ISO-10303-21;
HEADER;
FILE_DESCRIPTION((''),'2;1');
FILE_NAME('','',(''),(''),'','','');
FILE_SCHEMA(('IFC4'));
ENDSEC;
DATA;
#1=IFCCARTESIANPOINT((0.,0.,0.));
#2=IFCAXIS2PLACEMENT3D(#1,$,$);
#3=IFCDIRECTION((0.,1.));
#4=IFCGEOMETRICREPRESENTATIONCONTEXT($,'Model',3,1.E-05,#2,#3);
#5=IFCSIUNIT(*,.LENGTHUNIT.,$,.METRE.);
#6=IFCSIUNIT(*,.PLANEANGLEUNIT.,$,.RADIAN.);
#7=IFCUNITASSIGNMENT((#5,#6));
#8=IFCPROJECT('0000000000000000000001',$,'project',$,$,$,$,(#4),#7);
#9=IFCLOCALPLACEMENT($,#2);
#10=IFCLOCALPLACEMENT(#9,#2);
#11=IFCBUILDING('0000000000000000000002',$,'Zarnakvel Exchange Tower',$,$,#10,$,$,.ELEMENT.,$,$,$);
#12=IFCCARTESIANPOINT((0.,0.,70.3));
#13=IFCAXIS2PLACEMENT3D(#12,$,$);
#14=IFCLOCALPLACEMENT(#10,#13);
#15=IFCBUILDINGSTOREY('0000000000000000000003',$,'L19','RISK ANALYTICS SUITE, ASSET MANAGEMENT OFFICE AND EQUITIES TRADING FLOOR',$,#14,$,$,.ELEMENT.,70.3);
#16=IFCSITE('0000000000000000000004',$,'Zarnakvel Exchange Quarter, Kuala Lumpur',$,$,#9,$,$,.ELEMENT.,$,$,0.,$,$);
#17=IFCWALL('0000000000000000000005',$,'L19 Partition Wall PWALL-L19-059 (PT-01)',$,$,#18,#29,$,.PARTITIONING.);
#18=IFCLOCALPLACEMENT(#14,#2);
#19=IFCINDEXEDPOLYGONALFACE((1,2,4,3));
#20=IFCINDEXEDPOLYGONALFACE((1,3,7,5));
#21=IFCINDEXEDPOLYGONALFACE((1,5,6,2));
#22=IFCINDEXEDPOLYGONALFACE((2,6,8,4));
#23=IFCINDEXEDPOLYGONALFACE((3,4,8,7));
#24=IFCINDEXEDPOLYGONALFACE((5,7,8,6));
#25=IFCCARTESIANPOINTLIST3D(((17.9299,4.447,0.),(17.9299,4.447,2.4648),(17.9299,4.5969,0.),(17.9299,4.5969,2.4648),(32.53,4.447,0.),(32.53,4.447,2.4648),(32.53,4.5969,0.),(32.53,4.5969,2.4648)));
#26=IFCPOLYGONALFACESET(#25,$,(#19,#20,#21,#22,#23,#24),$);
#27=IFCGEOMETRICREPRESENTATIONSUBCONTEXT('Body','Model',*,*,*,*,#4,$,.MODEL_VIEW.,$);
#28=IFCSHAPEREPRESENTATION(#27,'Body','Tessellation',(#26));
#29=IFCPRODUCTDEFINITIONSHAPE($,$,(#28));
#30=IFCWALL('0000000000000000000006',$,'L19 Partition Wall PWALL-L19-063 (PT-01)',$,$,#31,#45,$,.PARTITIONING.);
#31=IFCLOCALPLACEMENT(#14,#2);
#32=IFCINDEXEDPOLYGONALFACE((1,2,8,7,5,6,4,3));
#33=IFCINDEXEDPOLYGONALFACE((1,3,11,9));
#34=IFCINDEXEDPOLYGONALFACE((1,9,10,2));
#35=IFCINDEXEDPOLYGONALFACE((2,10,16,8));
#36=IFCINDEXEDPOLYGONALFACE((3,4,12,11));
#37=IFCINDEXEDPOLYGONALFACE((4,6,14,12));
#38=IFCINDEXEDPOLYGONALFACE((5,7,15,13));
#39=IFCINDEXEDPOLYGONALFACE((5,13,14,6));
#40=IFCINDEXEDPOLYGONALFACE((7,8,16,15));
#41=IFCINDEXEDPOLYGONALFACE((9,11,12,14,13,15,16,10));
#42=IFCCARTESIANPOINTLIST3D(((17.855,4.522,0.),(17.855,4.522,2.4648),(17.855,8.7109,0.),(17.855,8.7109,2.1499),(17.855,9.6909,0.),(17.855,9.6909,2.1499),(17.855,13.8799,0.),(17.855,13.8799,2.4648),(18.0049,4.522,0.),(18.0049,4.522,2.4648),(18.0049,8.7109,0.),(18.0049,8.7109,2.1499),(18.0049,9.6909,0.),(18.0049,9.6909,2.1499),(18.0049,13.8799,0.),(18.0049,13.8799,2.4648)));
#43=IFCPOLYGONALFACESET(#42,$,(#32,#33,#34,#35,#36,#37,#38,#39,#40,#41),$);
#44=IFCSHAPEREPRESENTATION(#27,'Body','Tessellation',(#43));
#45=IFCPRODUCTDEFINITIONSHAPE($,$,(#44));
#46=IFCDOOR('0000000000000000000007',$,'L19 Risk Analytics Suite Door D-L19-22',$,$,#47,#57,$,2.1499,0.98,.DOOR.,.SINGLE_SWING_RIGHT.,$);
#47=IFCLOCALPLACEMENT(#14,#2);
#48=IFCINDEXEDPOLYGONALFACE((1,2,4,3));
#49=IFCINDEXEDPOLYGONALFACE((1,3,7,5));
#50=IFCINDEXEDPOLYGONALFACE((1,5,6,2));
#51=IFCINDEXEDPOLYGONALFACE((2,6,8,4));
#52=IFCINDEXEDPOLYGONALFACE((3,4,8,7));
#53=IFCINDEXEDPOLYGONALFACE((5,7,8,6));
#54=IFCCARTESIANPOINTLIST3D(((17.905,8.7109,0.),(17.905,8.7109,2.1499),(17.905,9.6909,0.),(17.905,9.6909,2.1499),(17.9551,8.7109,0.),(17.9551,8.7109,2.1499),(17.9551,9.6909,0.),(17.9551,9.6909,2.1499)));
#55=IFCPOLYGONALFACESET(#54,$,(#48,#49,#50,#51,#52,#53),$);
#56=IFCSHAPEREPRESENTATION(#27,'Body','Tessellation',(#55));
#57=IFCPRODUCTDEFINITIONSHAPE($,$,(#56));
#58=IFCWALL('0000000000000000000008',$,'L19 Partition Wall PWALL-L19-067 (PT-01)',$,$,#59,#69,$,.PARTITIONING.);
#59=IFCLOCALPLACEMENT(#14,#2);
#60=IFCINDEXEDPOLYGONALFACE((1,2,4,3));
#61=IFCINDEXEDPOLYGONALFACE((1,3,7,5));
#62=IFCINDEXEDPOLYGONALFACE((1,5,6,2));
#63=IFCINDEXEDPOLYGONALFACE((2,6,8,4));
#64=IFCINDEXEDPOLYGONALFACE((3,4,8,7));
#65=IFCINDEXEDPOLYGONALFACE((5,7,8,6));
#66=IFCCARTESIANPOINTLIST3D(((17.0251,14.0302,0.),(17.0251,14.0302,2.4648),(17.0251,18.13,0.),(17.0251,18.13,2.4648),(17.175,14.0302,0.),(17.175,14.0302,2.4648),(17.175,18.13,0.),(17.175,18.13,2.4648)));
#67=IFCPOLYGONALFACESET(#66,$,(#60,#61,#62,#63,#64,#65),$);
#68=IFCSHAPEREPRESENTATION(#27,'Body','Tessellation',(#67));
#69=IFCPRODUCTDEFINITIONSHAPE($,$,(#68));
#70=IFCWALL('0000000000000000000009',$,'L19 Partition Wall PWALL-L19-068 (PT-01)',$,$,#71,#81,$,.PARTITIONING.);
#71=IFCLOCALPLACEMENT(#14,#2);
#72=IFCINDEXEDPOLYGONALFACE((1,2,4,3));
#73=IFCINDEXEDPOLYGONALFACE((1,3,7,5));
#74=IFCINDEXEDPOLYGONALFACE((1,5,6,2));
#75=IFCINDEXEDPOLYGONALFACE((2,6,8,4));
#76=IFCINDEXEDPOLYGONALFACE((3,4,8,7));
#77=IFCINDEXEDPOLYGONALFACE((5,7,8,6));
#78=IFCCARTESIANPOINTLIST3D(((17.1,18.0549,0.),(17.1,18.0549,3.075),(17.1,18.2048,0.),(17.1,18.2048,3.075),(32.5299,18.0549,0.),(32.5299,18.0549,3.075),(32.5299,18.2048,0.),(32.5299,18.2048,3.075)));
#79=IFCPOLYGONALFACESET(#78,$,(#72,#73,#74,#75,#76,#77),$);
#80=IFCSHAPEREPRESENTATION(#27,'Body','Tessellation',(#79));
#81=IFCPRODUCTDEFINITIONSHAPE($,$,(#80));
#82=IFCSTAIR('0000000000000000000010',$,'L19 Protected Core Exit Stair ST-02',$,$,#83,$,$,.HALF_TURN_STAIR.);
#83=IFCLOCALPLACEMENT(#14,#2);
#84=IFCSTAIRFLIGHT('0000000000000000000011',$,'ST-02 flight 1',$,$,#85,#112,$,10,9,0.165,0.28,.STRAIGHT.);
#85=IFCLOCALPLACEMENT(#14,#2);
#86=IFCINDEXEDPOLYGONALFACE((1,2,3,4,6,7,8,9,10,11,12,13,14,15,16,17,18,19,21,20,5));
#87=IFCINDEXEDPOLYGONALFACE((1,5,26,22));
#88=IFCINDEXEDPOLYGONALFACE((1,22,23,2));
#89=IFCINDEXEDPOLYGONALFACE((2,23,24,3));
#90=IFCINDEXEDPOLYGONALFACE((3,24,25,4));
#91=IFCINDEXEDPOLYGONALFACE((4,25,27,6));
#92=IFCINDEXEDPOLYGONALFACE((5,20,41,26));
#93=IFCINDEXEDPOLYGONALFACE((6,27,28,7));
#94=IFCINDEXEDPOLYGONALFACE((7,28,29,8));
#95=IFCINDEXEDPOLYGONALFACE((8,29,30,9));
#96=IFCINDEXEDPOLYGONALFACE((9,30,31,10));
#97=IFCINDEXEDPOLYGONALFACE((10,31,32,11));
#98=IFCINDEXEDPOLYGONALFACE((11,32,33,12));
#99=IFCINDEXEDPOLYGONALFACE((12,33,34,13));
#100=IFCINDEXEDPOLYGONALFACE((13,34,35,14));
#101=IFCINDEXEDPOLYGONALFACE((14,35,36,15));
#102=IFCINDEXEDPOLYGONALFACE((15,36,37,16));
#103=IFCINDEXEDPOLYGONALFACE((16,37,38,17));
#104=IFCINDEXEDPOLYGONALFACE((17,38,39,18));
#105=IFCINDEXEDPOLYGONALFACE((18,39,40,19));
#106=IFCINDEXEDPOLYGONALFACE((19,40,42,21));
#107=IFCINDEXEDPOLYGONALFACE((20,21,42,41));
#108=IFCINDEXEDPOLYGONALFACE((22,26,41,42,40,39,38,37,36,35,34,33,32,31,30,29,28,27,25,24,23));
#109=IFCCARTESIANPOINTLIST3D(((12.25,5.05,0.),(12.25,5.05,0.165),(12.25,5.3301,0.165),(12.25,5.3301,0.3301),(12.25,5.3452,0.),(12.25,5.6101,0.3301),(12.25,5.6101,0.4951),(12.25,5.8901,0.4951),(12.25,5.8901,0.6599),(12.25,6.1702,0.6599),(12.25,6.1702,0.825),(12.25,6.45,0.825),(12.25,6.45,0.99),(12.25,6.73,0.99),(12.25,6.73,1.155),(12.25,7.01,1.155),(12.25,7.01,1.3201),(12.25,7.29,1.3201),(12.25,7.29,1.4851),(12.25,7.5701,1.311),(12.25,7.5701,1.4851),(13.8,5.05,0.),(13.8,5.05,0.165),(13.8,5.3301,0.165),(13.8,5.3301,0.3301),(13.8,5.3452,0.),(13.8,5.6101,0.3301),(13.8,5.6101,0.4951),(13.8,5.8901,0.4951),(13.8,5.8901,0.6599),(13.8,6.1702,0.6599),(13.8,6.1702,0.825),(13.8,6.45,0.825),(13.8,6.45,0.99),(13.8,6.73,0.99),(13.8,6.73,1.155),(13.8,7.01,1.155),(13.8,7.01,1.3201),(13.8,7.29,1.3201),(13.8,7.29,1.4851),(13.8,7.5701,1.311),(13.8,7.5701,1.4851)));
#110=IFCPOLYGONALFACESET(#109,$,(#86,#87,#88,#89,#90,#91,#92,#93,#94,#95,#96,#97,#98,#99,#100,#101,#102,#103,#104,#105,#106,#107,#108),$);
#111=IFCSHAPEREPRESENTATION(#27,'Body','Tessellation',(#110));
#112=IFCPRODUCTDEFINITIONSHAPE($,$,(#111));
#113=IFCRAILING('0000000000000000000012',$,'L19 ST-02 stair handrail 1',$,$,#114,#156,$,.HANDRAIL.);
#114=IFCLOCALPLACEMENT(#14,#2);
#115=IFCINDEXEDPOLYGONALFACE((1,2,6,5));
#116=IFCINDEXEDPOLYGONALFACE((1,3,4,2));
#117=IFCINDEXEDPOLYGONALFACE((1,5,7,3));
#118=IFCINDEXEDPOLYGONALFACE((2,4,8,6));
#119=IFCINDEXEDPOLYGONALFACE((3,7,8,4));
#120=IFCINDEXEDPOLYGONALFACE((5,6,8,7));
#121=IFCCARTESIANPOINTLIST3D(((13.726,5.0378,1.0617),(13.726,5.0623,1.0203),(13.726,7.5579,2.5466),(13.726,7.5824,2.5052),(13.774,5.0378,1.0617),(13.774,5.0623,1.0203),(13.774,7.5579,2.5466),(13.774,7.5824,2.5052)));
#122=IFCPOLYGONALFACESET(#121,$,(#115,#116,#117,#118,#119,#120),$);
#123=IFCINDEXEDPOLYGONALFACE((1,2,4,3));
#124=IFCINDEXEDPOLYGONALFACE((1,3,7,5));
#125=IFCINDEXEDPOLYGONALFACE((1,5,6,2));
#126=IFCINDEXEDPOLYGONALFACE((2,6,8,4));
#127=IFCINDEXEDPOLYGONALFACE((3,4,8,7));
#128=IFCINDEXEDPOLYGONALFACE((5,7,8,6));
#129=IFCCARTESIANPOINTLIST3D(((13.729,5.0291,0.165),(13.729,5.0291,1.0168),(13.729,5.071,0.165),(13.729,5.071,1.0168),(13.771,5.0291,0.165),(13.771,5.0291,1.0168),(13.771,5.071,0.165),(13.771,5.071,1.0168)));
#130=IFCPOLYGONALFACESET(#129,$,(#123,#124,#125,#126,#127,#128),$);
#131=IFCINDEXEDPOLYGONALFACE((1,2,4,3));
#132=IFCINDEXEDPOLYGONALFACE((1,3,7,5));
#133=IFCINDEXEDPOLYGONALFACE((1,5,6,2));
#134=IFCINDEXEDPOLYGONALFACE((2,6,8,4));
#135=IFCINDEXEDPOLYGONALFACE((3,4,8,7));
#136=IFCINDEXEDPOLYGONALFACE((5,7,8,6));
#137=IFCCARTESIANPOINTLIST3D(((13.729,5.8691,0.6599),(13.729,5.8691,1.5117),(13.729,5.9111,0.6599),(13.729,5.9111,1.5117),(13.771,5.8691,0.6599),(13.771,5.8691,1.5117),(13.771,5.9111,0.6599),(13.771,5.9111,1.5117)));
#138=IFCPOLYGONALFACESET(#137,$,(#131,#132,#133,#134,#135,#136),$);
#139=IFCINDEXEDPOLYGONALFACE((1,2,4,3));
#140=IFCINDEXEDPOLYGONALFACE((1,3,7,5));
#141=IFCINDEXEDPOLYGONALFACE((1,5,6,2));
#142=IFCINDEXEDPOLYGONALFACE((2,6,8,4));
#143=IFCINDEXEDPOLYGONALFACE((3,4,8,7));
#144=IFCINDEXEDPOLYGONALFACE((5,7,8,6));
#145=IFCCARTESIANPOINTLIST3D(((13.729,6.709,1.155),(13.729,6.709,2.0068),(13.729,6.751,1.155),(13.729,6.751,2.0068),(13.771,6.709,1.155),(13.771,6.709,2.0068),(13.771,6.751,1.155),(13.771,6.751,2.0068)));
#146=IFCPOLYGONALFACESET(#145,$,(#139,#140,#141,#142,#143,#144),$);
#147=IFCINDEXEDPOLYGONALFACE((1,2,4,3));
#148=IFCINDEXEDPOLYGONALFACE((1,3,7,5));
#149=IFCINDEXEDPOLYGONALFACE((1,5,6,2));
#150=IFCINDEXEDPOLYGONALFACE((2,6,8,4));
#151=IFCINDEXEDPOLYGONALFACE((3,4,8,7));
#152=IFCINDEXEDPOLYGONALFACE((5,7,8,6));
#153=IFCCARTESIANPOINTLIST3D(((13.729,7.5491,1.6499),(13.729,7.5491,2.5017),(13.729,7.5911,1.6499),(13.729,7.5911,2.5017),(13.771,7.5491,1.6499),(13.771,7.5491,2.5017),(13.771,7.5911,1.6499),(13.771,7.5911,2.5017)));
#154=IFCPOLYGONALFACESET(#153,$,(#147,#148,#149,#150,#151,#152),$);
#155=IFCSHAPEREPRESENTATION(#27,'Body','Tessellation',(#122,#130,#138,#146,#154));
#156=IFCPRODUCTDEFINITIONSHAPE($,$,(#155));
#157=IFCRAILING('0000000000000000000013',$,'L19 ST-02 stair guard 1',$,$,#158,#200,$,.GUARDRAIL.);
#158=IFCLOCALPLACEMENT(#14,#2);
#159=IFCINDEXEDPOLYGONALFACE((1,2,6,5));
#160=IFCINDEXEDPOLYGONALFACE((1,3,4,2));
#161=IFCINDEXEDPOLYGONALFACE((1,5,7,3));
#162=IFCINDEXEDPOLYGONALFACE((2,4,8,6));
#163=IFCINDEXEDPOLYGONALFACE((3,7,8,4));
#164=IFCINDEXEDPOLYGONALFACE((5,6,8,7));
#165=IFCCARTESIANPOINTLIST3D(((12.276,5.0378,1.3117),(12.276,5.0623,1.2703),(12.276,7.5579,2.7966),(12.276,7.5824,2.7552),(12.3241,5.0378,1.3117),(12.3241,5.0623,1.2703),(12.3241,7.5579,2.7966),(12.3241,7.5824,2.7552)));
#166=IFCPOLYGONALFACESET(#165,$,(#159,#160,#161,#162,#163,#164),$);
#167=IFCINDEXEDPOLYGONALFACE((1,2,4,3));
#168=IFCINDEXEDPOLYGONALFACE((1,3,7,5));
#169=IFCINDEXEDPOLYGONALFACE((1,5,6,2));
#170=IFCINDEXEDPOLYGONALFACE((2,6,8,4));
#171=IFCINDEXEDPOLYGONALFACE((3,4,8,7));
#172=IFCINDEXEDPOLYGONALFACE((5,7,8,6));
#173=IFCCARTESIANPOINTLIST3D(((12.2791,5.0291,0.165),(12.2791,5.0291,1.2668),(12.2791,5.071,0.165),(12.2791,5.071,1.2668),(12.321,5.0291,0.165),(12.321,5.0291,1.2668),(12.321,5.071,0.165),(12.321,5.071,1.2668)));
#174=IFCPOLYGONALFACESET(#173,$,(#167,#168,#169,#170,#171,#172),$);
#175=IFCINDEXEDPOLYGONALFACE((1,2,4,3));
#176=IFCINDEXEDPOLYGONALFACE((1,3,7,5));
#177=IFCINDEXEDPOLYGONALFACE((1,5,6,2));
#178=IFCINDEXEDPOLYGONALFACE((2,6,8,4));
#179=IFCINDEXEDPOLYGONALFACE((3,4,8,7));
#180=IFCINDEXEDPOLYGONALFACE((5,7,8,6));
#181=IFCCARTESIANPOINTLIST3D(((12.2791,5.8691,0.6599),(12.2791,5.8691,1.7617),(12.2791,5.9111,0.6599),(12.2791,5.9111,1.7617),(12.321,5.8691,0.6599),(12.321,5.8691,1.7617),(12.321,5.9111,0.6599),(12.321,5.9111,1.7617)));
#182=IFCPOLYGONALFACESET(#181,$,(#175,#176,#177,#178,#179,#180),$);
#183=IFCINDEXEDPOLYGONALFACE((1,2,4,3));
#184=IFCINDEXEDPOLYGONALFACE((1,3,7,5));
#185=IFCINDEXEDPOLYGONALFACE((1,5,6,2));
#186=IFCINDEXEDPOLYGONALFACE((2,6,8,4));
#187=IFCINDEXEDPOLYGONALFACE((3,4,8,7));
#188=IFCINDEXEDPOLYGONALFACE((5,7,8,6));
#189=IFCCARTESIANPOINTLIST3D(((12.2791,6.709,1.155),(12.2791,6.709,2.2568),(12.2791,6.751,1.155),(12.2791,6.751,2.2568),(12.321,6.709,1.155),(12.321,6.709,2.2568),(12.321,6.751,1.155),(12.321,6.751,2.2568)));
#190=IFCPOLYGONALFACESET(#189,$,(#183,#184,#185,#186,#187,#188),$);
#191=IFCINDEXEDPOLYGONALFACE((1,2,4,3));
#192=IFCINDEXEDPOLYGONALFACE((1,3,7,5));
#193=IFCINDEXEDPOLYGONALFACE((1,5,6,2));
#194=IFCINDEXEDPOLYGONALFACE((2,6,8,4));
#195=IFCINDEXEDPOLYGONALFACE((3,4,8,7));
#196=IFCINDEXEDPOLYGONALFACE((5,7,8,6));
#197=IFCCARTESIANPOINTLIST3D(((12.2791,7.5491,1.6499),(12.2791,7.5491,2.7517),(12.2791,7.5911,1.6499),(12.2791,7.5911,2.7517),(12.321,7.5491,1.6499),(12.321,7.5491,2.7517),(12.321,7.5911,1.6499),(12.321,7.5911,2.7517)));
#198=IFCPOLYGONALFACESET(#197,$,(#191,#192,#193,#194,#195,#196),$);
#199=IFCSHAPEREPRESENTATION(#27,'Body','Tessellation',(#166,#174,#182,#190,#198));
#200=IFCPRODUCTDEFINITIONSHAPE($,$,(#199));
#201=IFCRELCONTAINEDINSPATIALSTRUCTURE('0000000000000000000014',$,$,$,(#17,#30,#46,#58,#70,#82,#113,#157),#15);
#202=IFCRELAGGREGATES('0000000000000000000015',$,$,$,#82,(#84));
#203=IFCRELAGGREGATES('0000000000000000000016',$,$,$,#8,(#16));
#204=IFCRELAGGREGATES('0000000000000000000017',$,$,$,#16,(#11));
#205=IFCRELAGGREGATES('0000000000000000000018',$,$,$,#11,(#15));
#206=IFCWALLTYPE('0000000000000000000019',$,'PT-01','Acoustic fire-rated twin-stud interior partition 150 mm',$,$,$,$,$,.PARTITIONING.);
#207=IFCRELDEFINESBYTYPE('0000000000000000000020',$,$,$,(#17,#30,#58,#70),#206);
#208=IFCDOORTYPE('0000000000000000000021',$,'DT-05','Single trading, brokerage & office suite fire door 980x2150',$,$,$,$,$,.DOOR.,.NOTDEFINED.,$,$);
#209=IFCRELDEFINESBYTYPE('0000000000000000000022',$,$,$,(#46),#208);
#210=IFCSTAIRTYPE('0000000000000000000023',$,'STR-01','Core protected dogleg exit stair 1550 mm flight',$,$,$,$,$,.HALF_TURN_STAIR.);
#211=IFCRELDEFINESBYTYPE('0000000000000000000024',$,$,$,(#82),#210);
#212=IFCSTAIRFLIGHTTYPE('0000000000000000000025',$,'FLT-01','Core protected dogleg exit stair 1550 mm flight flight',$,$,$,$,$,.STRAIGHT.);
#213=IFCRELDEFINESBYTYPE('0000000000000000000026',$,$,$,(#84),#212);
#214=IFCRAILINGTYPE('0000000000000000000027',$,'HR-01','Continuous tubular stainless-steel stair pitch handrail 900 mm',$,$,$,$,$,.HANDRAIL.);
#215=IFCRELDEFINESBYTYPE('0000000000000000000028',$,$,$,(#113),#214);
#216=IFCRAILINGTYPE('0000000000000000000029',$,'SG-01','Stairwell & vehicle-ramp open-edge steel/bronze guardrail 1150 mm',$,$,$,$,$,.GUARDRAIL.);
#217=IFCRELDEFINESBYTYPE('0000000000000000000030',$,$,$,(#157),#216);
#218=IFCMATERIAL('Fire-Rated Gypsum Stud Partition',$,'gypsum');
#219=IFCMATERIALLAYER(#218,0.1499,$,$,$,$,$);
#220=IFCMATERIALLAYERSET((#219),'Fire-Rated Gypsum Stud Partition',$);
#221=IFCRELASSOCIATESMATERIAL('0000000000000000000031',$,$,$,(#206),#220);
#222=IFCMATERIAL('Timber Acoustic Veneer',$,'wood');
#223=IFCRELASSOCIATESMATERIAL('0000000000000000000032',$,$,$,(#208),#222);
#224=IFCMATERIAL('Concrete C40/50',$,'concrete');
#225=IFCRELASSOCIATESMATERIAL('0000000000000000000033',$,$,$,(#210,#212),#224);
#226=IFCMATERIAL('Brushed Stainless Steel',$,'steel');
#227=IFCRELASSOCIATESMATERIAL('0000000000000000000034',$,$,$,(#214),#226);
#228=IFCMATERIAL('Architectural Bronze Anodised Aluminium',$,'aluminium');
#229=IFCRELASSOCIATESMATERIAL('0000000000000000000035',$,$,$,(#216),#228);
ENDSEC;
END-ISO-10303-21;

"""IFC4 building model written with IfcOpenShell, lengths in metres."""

from ifc_helpers import new_model, si_unit, direction, frame, frame_2d, origin, origin_2d, place, context, subcontext, project, spatial, polyline, rectangle, outline, extrude, source, transform, mapped, material, layer, layer_set, type_object, element, fill, aggregate, save


model = new_model("IFC4")

# Units and contexts
model_context = context("Model", 3, precision=1e-05, world=origin(), true_north=direction((0.0, 1.0)))
body_context = subcontext(model_context, "Body", "Model", "MODEL_VIEW")
ifc_project = project(units=[si_unit("LENGTHUNIT", "METRE"), si_unit("PLANEANGLEUNIT", "RADIAN")], contexts=[model_context])

# Site, building, storey
site_placement = place(None, origin())
site = spatial("IfcSite", under=ifc_project, at=site_placement, Name="Zarnakvel Exchange Quarter, Kuala Lumpur", CompositionType="ELEMENT", RefElevation=0.0)
building_placement = place(site_placement, origin())
building = spatial("IfcBuilding", under=site, at=building_placement, Name="Zarnakvel Exchange Tower", CompositionType="ELEMENT")
storey_placement = place(building_placement, frame((0.0, 0.0, 70.3)))
storey = spatial("IfcBuildingStorey", under=building, at=storey_placement, Name="L19", Description="RISK ANALYTICS SUITE, ASSET MANAGEMENT OFFICE AND EQUITIES TRADING FLOOR", CompositionType="ELEMENT", Elevation=70.3)

# Shared definitions
ifc_material_1 = material(Name="Architectural Bronze Anodised Aluminium", Category="aluminium")

# Wall
ifc_material_2 = material(Name="Fire-Rated Gypsum Stud Partition", Category="gypsum")
ifc_layer_1 = layer(ifc_material_2, 0.1499)
ifc_layer_set_1 = layer_set([ifc_layer_1], Name="Fire-Rated Gypsum Stud Partition")
wall_type_1 = type_object("IfcWallType", Name="PT-01", Description="Acoustic fire-rated twin-stud interior partition 150 mm", PredefinedType="PARTITIONING", material=ifc_layer_set_1)
wall_1_placement = place(storey_placement, frame((17.9299, 4.522, 0.0), z_axis=(0.0, 0.0, 1.0), x_axis=(1.0, 0.0, 0.0)))
element("IfcWall", 1, at=wall_1_placement, inside=storey, type_object=wall_type_1, Name="L19 Partition Wall PWALL-L19-059 (PT-01)", PredefinedType="PARTITIONING", context=body_context, shape_type="SweptSolid", body=[
    extrude(rectangle(XDim=14.6001, YDim=0.1499, at=frame_2d((7.3, 0.0))), origin(), (0.0, 0.0, 1.0), 2.4648),
])

# Wall, opening, door
wall_2_placement = place(storey_placement, frame((17.9299, 4.522, 0.0), z_axis=(0.0, 0.0, 1.0), x_axis=(0.0, 1.0, 0.0)))
wall_2 = element("IfcWall", 2, at=wall_2_placement, inside=storey, type_object=wall_type_1, Name="L19 Partition Wall PWALL-L19-063 (PT-01)", PredefinedType="PARTITIONING", context=body_context, shape_type="SweptSolid", body=[
    extrude(rectangle(XDim=9.3579, YDim=0.1499, at=frame_2d((4.679, 0.0))), origin(), (0.0, 0.0, 1.0), 2.4648),
])
opening_1_placement = place(wall_2_placement, frame((4.189, 0.0, 0.0)))
opening_1 = element("IfcOpeningElement", 3, at=opening_1_placement, cuts=wall_2, PredefinedType="OPENING", context=body_context, shape_type="SweptSolid", body=[
    extrude(rectangle(XDim=0.98, YDim=2.1499, at=frame_2d((0.49, 1.075))), frame((0.0, 0.085, 0.0), z_axis=(0.0, -1.0, 0.0), x_axis=(1.0, 0.0, 0.0)), (0.0, 0.0, 1.0), 0.1699),
])
ifc_material_3 = material(Name="Timber Acoustic Veneer", Category="wood")
door_type_1 = type_object("IfcDoorType", Name="DT-05", Description="Single trading, brokerage & office suite fire door 980x2150", OperationType="NOTDEFINED", PredefinedType="DOOR", material=ifc_material_3)
shared_shape_1 = source(origin(), body_context, "Body", "SweptSolid", [
    extrude(rectangle(XDim=0.98, YDim=2.1499, at=frame_2d((0.49, 1.075))), frame((0.0, 0.0249, 0.0), z_axis=(0.0, -1.0, 0.0), x_axis=(1.0, 0.0, 0.0)), (0.0, 0.0, 1.0), 0.05),
])
door_1_placement = place(opening_1_placement, origin())
door_1 = element("IfcDoor", 4, at=door_1_placement, inside=storey, type_object=door_type_1, Name="L19 Risk Analytics Suite Door D-L19-22", OperationType="SINGLE_SWING_RIGHT", OverallHeight=2.1499, OverallWidth=0.98, PredefinedType="DOOR", context=body_context, shape_type="MappedRepresentation", body=[
    mapped(shared_shape_1, transform((0.0, 0.0, 0.0), x_axis=(1.0, 0.0, 0.0), y_axis=(0.0, 1.0, 0.0), z_axis=(0.0, 0.0, 1.0), scale=1.0)),
])
fill(opening_1, door_1)

# Walls
wall_3_placement = place(storey_placement, frame((17.1001, 18.1299, 0.0), z_axis=(0.0, 0.0, 1.0), x_axis=(0.0, -1.0, 0.0)))
element("IfcWall", 5, at=wall_3_placement, inside=storey, type_object=wall_type_1, Name="L19 Partition Wall PWALL-L19-067 (PT-01)", PredefinedType="PARTITIONING", context=body_context, shape_type="SweptSolid", body=[
    extrude(rectangle(XDim=4.0999, YDim=0.1499, at=frame_2d((2.0498, 0.0))), origin(), (0.0, 0.0, 1.0), 2.4648),
])
wall_4_placement = place(storey_placement, frame((17.1001, 18.1299, 0.0), z_axis=(0.0, 0.0, 1.0), x_axis=(1.0, 0.0, 0.0)))
element("IfcWall", 6, at=wall_4_placement, inside=storey, type_object=wall_type_1, Name="L19 Partition Wall PWALL-L19-068 (PT-01)", PredefinedType="PARTITIONING", context=body_context, shape_type="SweptSolid", body=[
    extrude(rectangle(XDim=15.4299, YDim=0.1499, at=frame_2d((7.7148, 0.0))), origin(), (0.0, 0.0, 1.0), 3.075),
])

# Shared definitions
ifc_material_4 = material(Name="Concrete C40/50", Category="concrete")

# Stair, stair flight
stair_type = type_object("IfcStairType", Name="STR-01", Description="Core protected dogleg exit stair 1550 mm flight", PredefinedType="HALF_TURN_STAIR", material=ifc_material_4)
stair_placement = place(storey_placement, origin())
stair = element("IfcStair", 7, at=stair_placement, inside=storey, type_object=stair_type, Name="L19 Protected Core Exit Stair ST-02", PredefinedType="HALF_TURN_STAIR")
stair_flight_type = type_object("IfcStairFlightType", Name="FLT-01", Description="Core protected dogleg exit stair 1550 mm flight flight", PredefinedType="STRAIGHT", material=ifc_material_4)
stair_flight_placement = place(storey_placement, frame((13.0249, 5.05, 0.0), z_axis=(0.0, 0.0, 1.0), x_axis=(0.0, 1.0, 0.0)))
stair_flight = element("IfcStairFlight", 8, at=stair_flight_placement, type_object=stair_flight_type, Name="ST-02 flight 1", NumberOfRisers=10, NumberOfTreads=9, PredefinedType="STRAIGHT", RiserHeight=0.165, TreadLength=0.28, context=body_context, shape_type="SweptSolid", body=[
    extrude(outline(polyline([(0.0, 0.0), (0.0, 0.165), (0.28, 0.165), (0.28, 0.3301), (0.5601, 0.3301), (0.5601, 0.4951), (0.8401, 0.4951), (0.8401, 0.6599), (1.1201, 0.6599), (1.1201, 0.825), (1.3999, 0.825), (1.3999, 0.99), (1.6799, 0.99), (1.6799, 1.155), (1.96, 1.155), (1.96, 1.3201), (2.24, 1.3201), (2.24, 1.4851), (2.52, 1.4851), (2.52, 1.6499), (2.52, 1.311), (0.2952, 0.0), (0.0, 0.0)])), frame((0.0, 0.7749, 0.0), z_axis=(0.0, -1.0, 0.0), x_axis=(1.0, 0.0, 0.0)), (0.0, 0.0, 1.0), 1.55),
])
aggregate(stair, [stair_flight])

# Railings
ifc_material_5 = material(Name="Brushed Stainless Steel", Category="steel")
railing_type_1 = type_object("IfcRailingType", Name="HR-01", Description="Continuous tubular stainless-steel stair pitch handrail 900 mm", PredefinedType="HANDRAIL", material=ifc_material_5)
railing_1_placement = place(storey_placement, frame((13.75, 5.05, 0.165)))
element("IfcRailing", 9, at=railing_1_placement, inside=storey, type_object=railing_type_1, Name="L19 ST-02 stair handrail 1", PredefinedType="HANDRAIL", context=body_context, shape_type="SweptSolid", body=[
    extrude(rectangle(XDim=0.0481, YDim=0.0481, at=origin_2d()), frame((0.0, 0.0, 0.876), z_axis=(0.0, 0.861561, 0.507655), x_axis=(-1.0, 0.0, 0.0)), (0.0, 0.0, 1.0), 2.925),
    extrude(rectangle(XDim=0.042, YDim=0.042, at=origin_2d()), origin(), (0.0, 0.0, 1.0), 0.8518),
    extrude(rectangle(XDim=0.042, YDim=0.042, at=origin_2d()), frame((0.0, 0.8401, 0.4949)), (0.0, 0.0, 1.0), 0.8518),
    extrude(rectangle(XDim=0.042, YDim=0.042, at=origin_2d()), frame((0.0, 1.6799, 0.99)), (0.0, 0.0, 1.0), 0.8518),
    extrude(rectangle(XDim=0.042, YDim=0.042, at=origin_2d()), frame((0.0, 2.52, 1.4849)), (0.0, 0.0, 1.0), 0.8518),
])
railing_type_2 = type_object("IfcRailingType", Name="SG-01", Description="Stairwell & vehicle-ramp open-edge steel/bronze guardrail 1150 mm", PredefinedType="GUARDRAIL", material=ifc_material_1)
railing_2_placement = place(storey_placement, frame((12.3, 5.05, 0.165)))
element("IfcRailing", 10, at=railing_2_placement, inside=storey, type_object=railing_type_2, Name="L19 ST-02 stair guard 1", PredefinedType="GUARDRAIL", context=body_context, shape_type="SweptSolid", body=[
    extrude(rectangle(XDim=0.0481, YDim=0.0481, at=origin_2d()), frame((0.0, 0.0, 1.126), z_axis=(0.0, 0.861561, 0.507655), x_axis=(-1.0, 0.0, 0.0)), (0.0, 0.0, 1.0), 2.925),
    extrude(rectangle(XDim=0.042, YDim=0.042, at=origin_2d()), origin(), (0.0, 0.0, 1.0), 1.1018),
    extrude(rectangle(XDim=0.042, YDim=0.042, at=origin_2d()), frame((0.0, 0.8401, 0.4949)), (0.0, 0.0, 1.0), 1.1018),
    extrude(rectangle(XDim=0.042, YDim=0.042, at=origin_2d()), frame((0.0, 1.6799, 0.99)), (0.0, 0.0, 1.0), 1.1018),
    extrude(rectangle(XDim=0.042, YDim=0.042, at=origin_2d()), frame((0.0, 2.52, 1.4849)), (0.0, 0.0, 1.0), 1.1018),
])

save(model, "model.ifc")
